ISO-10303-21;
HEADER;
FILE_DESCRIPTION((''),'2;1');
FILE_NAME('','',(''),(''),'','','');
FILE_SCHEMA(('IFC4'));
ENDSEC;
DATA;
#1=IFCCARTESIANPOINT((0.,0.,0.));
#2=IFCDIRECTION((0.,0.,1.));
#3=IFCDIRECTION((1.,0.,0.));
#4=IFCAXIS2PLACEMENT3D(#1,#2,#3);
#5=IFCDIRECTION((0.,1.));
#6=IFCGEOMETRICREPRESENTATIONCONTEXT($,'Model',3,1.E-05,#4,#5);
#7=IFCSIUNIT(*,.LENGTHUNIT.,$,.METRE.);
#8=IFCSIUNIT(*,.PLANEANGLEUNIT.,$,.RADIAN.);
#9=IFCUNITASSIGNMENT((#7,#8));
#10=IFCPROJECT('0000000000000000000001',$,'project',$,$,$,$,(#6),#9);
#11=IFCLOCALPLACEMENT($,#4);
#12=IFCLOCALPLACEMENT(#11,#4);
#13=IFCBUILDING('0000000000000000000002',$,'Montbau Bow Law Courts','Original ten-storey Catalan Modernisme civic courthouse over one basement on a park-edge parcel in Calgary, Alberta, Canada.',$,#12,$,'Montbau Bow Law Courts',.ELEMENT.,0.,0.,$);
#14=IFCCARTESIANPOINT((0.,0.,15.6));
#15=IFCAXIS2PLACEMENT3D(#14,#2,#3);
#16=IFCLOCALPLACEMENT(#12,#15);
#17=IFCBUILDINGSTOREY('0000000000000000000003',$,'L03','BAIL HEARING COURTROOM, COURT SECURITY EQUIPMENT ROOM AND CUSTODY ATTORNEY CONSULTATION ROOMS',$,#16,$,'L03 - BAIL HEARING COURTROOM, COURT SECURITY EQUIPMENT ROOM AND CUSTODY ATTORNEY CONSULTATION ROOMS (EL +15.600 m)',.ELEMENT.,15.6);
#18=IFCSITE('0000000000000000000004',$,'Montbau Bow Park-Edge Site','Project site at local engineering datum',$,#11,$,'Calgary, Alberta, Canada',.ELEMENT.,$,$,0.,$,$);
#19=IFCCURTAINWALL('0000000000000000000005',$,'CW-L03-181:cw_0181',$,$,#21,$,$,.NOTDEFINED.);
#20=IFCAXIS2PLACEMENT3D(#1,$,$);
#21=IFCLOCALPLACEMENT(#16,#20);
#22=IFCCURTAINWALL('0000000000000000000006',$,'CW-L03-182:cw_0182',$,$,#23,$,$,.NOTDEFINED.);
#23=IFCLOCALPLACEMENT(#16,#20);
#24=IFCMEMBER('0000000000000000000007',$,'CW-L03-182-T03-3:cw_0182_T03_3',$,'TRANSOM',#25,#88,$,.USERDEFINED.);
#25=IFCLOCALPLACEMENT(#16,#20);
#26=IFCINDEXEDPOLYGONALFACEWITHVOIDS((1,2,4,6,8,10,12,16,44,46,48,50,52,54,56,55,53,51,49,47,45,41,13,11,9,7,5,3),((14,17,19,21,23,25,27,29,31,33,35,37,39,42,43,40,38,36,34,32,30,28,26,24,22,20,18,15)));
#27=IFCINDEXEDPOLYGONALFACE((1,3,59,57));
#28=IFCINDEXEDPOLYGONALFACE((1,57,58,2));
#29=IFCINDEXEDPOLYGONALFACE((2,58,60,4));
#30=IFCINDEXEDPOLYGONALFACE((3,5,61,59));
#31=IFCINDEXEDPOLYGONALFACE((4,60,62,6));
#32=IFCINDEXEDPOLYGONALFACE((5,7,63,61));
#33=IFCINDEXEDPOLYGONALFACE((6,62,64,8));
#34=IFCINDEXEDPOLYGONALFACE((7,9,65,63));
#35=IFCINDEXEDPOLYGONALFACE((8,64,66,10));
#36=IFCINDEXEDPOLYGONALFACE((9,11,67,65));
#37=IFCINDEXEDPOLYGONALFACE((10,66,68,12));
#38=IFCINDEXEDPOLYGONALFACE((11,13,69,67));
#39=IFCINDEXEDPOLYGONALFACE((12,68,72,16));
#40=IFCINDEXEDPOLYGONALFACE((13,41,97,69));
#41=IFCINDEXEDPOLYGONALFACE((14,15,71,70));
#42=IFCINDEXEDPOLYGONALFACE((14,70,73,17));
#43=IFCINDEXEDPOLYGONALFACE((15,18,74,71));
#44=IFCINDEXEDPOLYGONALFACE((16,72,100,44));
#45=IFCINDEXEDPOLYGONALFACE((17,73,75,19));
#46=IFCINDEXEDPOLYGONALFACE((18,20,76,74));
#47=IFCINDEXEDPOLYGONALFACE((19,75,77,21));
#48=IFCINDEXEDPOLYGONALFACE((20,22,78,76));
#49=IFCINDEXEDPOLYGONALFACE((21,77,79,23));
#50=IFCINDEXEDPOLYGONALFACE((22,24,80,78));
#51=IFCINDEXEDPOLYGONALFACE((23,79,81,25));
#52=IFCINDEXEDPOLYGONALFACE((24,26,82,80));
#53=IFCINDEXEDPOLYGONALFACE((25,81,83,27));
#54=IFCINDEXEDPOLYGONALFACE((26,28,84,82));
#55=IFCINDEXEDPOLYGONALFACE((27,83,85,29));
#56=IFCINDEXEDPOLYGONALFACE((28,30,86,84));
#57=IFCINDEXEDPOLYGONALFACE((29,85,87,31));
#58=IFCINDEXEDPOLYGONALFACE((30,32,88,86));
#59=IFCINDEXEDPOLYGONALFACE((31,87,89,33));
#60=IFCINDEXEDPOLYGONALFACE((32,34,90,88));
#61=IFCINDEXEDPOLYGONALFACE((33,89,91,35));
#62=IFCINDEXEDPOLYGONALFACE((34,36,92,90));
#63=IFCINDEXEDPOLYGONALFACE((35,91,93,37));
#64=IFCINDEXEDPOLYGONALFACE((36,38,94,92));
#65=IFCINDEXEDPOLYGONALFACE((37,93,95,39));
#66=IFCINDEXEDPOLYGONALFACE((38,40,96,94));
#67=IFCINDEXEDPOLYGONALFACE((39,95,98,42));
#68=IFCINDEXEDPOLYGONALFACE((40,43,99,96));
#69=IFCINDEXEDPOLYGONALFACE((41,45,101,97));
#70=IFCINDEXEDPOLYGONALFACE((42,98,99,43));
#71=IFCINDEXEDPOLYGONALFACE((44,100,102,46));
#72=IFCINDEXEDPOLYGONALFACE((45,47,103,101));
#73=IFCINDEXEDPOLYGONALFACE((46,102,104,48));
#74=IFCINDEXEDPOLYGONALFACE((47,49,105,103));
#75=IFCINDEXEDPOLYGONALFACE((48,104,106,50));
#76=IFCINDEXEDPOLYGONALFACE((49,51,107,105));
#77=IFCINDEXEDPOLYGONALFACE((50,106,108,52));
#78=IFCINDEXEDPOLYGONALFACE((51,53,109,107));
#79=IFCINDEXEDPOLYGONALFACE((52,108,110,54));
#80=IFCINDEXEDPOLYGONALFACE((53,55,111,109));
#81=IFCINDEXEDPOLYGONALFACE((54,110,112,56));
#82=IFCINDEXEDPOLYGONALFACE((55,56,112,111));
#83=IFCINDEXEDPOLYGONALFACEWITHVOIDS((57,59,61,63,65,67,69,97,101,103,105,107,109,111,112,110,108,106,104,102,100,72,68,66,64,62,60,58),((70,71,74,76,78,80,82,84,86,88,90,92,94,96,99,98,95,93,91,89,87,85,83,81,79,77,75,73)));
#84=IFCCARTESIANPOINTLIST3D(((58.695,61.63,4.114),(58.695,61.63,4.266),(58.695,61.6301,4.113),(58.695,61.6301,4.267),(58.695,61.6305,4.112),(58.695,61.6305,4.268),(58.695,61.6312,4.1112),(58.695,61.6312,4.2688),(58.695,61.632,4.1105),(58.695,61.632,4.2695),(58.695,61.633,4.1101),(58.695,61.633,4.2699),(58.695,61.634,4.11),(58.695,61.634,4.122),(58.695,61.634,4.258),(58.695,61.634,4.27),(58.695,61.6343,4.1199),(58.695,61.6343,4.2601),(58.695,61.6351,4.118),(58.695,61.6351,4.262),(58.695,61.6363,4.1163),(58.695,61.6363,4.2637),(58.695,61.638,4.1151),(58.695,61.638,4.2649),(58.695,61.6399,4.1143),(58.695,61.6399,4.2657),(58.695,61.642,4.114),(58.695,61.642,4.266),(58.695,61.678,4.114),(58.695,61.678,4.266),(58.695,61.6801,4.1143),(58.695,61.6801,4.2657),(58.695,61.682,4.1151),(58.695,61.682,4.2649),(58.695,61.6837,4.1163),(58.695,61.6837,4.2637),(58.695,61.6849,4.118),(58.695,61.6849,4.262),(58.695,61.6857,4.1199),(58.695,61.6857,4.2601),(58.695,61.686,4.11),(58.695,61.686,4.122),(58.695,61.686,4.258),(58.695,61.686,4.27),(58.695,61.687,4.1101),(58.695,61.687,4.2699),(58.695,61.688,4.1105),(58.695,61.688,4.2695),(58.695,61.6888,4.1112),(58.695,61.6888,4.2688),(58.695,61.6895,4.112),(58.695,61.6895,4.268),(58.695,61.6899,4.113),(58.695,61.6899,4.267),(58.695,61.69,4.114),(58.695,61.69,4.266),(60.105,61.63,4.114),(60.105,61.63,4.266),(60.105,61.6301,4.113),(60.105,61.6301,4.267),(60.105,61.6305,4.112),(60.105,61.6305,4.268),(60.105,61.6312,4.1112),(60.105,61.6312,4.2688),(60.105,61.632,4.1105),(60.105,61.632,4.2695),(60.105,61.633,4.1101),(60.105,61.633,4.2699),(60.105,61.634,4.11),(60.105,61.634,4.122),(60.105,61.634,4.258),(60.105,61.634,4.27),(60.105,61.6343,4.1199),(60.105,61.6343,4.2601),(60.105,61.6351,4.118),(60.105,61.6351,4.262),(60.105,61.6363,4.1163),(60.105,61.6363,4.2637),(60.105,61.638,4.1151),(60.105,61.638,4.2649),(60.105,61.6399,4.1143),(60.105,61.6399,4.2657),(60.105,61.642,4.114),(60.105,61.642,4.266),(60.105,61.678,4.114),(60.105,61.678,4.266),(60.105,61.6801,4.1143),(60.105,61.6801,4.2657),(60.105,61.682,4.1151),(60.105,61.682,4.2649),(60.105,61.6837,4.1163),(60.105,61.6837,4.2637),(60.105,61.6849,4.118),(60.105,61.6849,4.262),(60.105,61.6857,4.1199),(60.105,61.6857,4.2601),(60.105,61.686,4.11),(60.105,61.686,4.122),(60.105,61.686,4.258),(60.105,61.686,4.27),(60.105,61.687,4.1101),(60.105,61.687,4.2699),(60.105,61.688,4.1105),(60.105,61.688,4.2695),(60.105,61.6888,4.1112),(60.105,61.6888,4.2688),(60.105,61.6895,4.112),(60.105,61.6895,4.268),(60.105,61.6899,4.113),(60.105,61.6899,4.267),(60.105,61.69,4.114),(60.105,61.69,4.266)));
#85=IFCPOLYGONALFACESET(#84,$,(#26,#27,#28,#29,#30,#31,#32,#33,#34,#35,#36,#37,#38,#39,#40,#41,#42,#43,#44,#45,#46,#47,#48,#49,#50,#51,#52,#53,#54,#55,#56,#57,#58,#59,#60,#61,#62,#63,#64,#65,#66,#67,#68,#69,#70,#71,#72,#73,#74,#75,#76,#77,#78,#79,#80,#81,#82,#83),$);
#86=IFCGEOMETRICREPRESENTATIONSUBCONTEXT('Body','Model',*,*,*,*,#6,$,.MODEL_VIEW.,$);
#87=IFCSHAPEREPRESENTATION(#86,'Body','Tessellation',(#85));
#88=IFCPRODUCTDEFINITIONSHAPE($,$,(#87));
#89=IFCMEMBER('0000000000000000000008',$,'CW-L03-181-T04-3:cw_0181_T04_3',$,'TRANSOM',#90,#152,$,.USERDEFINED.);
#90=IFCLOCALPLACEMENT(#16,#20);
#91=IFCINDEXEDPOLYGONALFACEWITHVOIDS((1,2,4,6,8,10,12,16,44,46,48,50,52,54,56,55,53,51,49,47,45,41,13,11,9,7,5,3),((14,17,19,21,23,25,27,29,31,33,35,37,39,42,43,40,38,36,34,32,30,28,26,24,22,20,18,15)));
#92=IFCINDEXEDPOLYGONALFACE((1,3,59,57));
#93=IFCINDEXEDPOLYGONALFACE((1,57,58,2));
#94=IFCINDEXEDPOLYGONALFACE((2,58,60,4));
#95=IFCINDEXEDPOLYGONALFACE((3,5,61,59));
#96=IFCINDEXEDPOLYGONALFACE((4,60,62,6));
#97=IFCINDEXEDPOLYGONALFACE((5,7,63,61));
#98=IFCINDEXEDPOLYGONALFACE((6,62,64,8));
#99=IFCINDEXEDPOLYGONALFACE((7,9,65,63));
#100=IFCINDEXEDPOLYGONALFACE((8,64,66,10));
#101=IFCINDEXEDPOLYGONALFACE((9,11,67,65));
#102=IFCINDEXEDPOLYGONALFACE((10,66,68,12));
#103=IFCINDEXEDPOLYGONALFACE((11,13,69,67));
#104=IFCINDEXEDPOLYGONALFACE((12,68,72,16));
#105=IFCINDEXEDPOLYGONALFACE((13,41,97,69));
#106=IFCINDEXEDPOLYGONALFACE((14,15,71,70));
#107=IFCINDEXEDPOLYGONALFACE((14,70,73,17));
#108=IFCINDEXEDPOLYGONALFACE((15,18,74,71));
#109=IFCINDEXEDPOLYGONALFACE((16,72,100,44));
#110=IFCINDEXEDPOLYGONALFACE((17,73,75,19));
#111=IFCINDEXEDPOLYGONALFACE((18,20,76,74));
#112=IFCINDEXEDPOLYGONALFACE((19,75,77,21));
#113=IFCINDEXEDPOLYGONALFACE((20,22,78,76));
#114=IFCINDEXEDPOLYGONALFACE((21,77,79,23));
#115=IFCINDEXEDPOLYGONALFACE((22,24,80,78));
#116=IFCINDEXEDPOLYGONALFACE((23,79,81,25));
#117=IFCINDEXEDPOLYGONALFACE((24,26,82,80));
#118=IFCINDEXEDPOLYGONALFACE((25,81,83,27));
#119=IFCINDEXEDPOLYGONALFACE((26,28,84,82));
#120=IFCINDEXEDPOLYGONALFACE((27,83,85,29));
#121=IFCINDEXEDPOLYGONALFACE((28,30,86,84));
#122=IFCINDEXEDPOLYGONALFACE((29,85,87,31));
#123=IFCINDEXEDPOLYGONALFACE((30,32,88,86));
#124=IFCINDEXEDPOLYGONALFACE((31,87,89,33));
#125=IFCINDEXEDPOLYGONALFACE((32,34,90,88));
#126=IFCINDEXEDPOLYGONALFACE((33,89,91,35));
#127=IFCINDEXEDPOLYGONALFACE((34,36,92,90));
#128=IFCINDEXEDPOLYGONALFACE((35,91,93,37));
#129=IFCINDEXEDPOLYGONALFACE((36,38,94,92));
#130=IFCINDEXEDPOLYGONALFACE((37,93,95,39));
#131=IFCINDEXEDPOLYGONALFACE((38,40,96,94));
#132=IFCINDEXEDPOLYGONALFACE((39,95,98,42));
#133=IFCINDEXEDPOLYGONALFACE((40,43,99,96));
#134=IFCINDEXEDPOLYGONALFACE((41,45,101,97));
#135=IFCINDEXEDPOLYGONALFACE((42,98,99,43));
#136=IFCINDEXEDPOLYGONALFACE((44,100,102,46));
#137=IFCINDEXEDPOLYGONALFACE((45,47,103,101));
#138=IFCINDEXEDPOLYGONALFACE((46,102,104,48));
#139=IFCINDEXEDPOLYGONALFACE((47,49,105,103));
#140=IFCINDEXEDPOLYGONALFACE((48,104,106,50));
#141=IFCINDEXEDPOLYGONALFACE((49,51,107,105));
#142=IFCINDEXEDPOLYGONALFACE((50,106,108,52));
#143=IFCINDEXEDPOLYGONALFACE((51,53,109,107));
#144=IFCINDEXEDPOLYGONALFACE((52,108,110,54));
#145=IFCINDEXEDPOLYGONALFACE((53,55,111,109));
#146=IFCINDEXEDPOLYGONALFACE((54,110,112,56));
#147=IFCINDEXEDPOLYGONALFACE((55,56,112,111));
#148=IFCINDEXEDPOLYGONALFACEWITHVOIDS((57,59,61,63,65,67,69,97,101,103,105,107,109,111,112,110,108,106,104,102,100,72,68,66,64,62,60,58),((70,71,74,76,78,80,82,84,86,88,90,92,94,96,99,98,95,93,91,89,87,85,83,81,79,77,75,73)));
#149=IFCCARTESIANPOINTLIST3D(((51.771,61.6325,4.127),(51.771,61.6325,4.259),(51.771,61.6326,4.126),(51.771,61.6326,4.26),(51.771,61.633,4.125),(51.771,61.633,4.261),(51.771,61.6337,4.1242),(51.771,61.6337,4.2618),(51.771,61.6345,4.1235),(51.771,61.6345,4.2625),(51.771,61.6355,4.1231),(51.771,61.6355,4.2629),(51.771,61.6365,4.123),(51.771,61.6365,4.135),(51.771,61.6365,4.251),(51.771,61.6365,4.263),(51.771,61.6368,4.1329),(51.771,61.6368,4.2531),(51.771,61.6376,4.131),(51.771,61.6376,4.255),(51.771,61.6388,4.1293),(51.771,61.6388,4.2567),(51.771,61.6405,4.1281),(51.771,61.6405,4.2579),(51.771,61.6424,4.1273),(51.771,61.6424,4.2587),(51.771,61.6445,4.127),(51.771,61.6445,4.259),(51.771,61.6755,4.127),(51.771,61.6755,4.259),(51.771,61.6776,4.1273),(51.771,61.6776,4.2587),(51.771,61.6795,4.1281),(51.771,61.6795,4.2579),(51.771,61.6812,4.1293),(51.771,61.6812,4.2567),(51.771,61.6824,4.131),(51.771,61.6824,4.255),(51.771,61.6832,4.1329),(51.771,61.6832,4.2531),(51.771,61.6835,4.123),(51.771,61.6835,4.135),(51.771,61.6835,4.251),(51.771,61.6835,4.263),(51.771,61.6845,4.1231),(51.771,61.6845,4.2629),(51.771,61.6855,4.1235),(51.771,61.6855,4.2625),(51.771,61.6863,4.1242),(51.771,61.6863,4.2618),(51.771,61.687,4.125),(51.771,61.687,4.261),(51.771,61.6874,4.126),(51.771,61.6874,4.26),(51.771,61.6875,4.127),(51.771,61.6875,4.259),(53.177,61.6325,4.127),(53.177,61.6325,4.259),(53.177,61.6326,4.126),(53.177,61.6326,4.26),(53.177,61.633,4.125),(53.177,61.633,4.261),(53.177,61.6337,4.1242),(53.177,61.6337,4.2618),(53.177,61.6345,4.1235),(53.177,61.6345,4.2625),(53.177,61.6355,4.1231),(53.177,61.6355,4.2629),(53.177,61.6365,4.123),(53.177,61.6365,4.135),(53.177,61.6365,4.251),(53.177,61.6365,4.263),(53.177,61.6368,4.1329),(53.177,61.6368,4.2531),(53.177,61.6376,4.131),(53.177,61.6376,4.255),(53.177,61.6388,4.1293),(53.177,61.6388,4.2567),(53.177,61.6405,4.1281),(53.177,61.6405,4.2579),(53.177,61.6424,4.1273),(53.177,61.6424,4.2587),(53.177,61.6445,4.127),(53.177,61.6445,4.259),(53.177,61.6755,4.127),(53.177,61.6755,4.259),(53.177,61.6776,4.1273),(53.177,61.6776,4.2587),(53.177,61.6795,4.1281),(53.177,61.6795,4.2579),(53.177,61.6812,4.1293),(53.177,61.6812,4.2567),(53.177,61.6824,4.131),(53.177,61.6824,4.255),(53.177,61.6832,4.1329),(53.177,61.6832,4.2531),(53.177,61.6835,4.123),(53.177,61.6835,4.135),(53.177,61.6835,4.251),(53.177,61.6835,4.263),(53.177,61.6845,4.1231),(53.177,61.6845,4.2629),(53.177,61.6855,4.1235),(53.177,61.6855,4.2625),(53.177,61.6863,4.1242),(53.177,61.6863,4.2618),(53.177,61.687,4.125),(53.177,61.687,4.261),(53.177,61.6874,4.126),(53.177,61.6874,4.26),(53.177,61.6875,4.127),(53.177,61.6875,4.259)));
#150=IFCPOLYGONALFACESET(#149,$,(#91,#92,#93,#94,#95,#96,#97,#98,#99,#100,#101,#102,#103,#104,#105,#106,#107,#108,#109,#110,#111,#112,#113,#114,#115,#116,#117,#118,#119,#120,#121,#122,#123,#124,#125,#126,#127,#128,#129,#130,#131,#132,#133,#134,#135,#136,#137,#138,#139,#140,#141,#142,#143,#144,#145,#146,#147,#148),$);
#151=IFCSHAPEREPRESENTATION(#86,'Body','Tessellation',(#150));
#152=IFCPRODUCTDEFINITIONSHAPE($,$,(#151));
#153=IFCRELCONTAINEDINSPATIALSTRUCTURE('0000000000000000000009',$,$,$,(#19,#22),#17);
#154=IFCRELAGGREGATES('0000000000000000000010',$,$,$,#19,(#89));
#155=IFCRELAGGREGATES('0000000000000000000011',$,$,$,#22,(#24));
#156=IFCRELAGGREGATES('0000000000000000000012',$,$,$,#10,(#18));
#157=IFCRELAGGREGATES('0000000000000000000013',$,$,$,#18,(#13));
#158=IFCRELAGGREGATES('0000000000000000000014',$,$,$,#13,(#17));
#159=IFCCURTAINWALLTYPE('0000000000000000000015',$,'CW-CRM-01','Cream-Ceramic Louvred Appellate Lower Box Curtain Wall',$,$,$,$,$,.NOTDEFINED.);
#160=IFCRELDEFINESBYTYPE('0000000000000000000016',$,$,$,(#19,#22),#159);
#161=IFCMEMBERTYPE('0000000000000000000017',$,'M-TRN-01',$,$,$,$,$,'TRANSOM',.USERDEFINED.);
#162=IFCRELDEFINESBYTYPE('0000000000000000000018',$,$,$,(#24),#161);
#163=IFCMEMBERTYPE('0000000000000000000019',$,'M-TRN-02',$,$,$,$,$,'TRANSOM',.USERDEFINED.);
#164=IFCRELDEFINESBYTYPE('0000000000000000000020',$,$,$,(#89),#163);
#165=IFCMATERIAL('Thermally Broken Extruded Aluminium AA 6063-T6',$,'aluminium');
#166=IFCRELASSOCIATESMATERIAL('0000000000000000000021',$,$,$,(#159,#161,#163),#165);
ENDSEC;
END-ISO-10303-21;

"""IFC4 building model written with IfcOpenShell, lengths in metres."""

from ifc_helpers import new_model, si_unit, direction, frame, origin_with_axes, origin_2d_with_axis, place, context, subcontext, project, spatial, hollow_rectangle, extrude, material, material_profile, profile_set, type_object, element, aggregate, save


model = new_model("IFC4")

# Units and contexts
model_context = context("Model", 3, precision=1e-05, world=origin_with_axes(), true_north=direction((0.0, 1.0)))
body_context = subcontext(model_context, "Body", "Model", "MODEL_VIEW")
ifc_project = project(units=[si_unit("LENGTHUNIT", "METRE"), si_unit("PLANEANGLEUNIT", "RADIAN")], contexts=[model_context])

# Site, building, storey
site_placement = place(None, origin_with_axes())
site = spatial("IfcSite", under=ifc_project, at=site_placement, Name="Montbau Bow Park-Edge Site", Description="Project site at local engineering datum", LongName="Calgary, Alberta, Canada", CompositionType="ELEMENT", RefElevation=0.0)
building_placement = place(site_placement, origin_with_axes())
building = spatial("IfcBuilding", under=site, at=building_placement, Name="Montbau Bow Law Courts", Description="Original ten-storey Catalan Modernisme civic courthouse over one basement on a park-edge parcel in Calgary, Alberta, Canada.", LongName="Montbau Bow Law Courts", CompositionType="ELEMENT", ElevationOfRefHeight=0.0, ElevationOfTerrain=0.0)
storey_placement = place(building_placement, frame((0.0, 0.0, 15.6), z_axis=(0.0, 0.0, 1.0), x_axis=(1.0, 0.0, 0.0)))
storey = spatial("IfcBuildingStorey", under=building, at=storey_placement, Name="L03", Description="BAIL HEARING COURTROOM, COURT SECURITY EQUIPMENT ROOM AND CUSTODY ATTORNEY CONSULTATION ROOMS", LongName="L03 - BAIL HEARING COURTROOM, COURT SECURITY EQUIPMENT ROOM AND CUSTODY ATTORNEY CONSULTATION ROOMS (EL +15.600 m)", CompositionType="ELEMENT", Elevation=15.6)

# Curtain walls, member
ifc_material_1 = material(Name="Thermally Broken Extruded Aluminium AA 6063-T6", Category="aluminium")
curtain_wall_type = type_object("IfcCurtainWallType", Name="CW-CRM-01", Description="Cream-Ceramic Louvred Appellate Lower Box Curtain Wall", PredefinedType="NOTDEFINED", material=ifc_material_1)
curtain_wall_1_placement = place(None, frame((47.315, 61.66, 15.6), z_axis=(0.0, 0.0, 1.0), x_axis=(1.0, 0.0, 0.0)))
curtain_wall_1 = element("IfcCurtainWall", 1, at=curtain_wall_1_placement, inside=storey, type_object=curtain_wall_type, Name="CW-L03-181:cw_0181", PredefinedType="NOTDEFINED")
curtain_wall_2_placement = place(None, frame((55.715, 61.66, 15.6), z_axis=(0.0, 0.0, 1.0), x_axis=(1.0, 0.0, 0.0)))
curtain_wall_2 = element("IfcCurtainWall", 2, at=curtain_wall_2_placement, inside=storey, type_object=curtain_wall_type, Name="CW-L03-182:cw_0182", PredefinedType="NOTDEFINED")
ifc_material_profile_1 = material_profile(ifc_material_1, hollow_rectangle(XDim=0.06, YDim=0.16, WallThickness=0.004, InnerFilletRadius=0.008, OuterFilletRadius=0.004, at=origin_2d_with_axis()), Name="CWT-160X60", Category="Main", Priority=0)
ifc_profile_set_1 = profile_set([ifc_material_profile_1], Name="Thermally Broken Extruded Aluminium AA 6063-T6")
member_type_1 = type_object("IfcMemberType", Name="M-TRN-01", ElementType="TRANSOM", PredefinedType="USERDEFINED", material=ifc_profile_set_1)
member_1_placement = place(None, frame((58.695, 61.66, 19.79), z_axis=(1.0, 0.0, 0.0), x_axis=(0.0, 1.0, 0.0)))
member_1 = element("IfcMember", 3, at=member_1_placement, type_object=member_type_1, Name="CW-L03-182-T03-3:cw_0182_T03_3", ObjectType="TRANSOM", PredefinedType="USERDEFINED", context=body_context, shape_type="SweptSolid", body=[
    extrude(hollow_rectangle(XDim=0.06, YDim=0.16, WallThickness=0.004, InnerFilletRadius=0.008, OuterFilletRadius=0.004, at=origin_2d_with_axis()), origin_with_axes(), (0.0, 0.0, 1.0), 1.41),
])

# Member
ifc_material_profile_2 = material_profile(ifc_material_1, hollow_rectangle(XDim=0.055, YDim=0.14, WallThickness=0.004, InnerFilletRadius=0.008, OuterFilletRadius=0.004, at=origin_2d_with_axis()), Name="CWT-140X55", Category="Main", Priority=0)
ifc_profile_set_2 = profile_set([ifc_material_profile_2], Name="Thermally Broken Extruded Aluminium AA 6063-T6")
member_type_2 = type_object("IfcMemberType", Name="M-TRN-02", ElementType="TRANSOM", PredefinedType="USERDEFINED", material=ifc_profile_set_2)
member_2_placement = place(None, frame((51.771, 61.66, 19.793), z_axis=(1.0, 0.0, 0.0), x_axis=(0.0, 1.0, 0.0)))
member_2 = element("IfcMember", 4, at=member_2_placement, type_object=member_type_2, Name="CW-L03-181-T04-3:cw_0181_T04_3", ObjectType="TRANSOM", PredefinedType="USERDEFINED", context=body_context, shape_type="SweptSolid", body=[
    extrude(hollow_rectangle(XDim=0.055, YDim=0.14, WallThickness=0.004, InnerFilletRadius=0.008, OuterFilletRadius=0.004, at=origin_2d_with_axis()), origin_with_axes(), (0.0, 0.0, 1.0), 1.406),
])

aggregate(curtain_wall_1, [member_2])
aggregate(curtain_wall_2, [member_1])

save(model, "model.ifc")
